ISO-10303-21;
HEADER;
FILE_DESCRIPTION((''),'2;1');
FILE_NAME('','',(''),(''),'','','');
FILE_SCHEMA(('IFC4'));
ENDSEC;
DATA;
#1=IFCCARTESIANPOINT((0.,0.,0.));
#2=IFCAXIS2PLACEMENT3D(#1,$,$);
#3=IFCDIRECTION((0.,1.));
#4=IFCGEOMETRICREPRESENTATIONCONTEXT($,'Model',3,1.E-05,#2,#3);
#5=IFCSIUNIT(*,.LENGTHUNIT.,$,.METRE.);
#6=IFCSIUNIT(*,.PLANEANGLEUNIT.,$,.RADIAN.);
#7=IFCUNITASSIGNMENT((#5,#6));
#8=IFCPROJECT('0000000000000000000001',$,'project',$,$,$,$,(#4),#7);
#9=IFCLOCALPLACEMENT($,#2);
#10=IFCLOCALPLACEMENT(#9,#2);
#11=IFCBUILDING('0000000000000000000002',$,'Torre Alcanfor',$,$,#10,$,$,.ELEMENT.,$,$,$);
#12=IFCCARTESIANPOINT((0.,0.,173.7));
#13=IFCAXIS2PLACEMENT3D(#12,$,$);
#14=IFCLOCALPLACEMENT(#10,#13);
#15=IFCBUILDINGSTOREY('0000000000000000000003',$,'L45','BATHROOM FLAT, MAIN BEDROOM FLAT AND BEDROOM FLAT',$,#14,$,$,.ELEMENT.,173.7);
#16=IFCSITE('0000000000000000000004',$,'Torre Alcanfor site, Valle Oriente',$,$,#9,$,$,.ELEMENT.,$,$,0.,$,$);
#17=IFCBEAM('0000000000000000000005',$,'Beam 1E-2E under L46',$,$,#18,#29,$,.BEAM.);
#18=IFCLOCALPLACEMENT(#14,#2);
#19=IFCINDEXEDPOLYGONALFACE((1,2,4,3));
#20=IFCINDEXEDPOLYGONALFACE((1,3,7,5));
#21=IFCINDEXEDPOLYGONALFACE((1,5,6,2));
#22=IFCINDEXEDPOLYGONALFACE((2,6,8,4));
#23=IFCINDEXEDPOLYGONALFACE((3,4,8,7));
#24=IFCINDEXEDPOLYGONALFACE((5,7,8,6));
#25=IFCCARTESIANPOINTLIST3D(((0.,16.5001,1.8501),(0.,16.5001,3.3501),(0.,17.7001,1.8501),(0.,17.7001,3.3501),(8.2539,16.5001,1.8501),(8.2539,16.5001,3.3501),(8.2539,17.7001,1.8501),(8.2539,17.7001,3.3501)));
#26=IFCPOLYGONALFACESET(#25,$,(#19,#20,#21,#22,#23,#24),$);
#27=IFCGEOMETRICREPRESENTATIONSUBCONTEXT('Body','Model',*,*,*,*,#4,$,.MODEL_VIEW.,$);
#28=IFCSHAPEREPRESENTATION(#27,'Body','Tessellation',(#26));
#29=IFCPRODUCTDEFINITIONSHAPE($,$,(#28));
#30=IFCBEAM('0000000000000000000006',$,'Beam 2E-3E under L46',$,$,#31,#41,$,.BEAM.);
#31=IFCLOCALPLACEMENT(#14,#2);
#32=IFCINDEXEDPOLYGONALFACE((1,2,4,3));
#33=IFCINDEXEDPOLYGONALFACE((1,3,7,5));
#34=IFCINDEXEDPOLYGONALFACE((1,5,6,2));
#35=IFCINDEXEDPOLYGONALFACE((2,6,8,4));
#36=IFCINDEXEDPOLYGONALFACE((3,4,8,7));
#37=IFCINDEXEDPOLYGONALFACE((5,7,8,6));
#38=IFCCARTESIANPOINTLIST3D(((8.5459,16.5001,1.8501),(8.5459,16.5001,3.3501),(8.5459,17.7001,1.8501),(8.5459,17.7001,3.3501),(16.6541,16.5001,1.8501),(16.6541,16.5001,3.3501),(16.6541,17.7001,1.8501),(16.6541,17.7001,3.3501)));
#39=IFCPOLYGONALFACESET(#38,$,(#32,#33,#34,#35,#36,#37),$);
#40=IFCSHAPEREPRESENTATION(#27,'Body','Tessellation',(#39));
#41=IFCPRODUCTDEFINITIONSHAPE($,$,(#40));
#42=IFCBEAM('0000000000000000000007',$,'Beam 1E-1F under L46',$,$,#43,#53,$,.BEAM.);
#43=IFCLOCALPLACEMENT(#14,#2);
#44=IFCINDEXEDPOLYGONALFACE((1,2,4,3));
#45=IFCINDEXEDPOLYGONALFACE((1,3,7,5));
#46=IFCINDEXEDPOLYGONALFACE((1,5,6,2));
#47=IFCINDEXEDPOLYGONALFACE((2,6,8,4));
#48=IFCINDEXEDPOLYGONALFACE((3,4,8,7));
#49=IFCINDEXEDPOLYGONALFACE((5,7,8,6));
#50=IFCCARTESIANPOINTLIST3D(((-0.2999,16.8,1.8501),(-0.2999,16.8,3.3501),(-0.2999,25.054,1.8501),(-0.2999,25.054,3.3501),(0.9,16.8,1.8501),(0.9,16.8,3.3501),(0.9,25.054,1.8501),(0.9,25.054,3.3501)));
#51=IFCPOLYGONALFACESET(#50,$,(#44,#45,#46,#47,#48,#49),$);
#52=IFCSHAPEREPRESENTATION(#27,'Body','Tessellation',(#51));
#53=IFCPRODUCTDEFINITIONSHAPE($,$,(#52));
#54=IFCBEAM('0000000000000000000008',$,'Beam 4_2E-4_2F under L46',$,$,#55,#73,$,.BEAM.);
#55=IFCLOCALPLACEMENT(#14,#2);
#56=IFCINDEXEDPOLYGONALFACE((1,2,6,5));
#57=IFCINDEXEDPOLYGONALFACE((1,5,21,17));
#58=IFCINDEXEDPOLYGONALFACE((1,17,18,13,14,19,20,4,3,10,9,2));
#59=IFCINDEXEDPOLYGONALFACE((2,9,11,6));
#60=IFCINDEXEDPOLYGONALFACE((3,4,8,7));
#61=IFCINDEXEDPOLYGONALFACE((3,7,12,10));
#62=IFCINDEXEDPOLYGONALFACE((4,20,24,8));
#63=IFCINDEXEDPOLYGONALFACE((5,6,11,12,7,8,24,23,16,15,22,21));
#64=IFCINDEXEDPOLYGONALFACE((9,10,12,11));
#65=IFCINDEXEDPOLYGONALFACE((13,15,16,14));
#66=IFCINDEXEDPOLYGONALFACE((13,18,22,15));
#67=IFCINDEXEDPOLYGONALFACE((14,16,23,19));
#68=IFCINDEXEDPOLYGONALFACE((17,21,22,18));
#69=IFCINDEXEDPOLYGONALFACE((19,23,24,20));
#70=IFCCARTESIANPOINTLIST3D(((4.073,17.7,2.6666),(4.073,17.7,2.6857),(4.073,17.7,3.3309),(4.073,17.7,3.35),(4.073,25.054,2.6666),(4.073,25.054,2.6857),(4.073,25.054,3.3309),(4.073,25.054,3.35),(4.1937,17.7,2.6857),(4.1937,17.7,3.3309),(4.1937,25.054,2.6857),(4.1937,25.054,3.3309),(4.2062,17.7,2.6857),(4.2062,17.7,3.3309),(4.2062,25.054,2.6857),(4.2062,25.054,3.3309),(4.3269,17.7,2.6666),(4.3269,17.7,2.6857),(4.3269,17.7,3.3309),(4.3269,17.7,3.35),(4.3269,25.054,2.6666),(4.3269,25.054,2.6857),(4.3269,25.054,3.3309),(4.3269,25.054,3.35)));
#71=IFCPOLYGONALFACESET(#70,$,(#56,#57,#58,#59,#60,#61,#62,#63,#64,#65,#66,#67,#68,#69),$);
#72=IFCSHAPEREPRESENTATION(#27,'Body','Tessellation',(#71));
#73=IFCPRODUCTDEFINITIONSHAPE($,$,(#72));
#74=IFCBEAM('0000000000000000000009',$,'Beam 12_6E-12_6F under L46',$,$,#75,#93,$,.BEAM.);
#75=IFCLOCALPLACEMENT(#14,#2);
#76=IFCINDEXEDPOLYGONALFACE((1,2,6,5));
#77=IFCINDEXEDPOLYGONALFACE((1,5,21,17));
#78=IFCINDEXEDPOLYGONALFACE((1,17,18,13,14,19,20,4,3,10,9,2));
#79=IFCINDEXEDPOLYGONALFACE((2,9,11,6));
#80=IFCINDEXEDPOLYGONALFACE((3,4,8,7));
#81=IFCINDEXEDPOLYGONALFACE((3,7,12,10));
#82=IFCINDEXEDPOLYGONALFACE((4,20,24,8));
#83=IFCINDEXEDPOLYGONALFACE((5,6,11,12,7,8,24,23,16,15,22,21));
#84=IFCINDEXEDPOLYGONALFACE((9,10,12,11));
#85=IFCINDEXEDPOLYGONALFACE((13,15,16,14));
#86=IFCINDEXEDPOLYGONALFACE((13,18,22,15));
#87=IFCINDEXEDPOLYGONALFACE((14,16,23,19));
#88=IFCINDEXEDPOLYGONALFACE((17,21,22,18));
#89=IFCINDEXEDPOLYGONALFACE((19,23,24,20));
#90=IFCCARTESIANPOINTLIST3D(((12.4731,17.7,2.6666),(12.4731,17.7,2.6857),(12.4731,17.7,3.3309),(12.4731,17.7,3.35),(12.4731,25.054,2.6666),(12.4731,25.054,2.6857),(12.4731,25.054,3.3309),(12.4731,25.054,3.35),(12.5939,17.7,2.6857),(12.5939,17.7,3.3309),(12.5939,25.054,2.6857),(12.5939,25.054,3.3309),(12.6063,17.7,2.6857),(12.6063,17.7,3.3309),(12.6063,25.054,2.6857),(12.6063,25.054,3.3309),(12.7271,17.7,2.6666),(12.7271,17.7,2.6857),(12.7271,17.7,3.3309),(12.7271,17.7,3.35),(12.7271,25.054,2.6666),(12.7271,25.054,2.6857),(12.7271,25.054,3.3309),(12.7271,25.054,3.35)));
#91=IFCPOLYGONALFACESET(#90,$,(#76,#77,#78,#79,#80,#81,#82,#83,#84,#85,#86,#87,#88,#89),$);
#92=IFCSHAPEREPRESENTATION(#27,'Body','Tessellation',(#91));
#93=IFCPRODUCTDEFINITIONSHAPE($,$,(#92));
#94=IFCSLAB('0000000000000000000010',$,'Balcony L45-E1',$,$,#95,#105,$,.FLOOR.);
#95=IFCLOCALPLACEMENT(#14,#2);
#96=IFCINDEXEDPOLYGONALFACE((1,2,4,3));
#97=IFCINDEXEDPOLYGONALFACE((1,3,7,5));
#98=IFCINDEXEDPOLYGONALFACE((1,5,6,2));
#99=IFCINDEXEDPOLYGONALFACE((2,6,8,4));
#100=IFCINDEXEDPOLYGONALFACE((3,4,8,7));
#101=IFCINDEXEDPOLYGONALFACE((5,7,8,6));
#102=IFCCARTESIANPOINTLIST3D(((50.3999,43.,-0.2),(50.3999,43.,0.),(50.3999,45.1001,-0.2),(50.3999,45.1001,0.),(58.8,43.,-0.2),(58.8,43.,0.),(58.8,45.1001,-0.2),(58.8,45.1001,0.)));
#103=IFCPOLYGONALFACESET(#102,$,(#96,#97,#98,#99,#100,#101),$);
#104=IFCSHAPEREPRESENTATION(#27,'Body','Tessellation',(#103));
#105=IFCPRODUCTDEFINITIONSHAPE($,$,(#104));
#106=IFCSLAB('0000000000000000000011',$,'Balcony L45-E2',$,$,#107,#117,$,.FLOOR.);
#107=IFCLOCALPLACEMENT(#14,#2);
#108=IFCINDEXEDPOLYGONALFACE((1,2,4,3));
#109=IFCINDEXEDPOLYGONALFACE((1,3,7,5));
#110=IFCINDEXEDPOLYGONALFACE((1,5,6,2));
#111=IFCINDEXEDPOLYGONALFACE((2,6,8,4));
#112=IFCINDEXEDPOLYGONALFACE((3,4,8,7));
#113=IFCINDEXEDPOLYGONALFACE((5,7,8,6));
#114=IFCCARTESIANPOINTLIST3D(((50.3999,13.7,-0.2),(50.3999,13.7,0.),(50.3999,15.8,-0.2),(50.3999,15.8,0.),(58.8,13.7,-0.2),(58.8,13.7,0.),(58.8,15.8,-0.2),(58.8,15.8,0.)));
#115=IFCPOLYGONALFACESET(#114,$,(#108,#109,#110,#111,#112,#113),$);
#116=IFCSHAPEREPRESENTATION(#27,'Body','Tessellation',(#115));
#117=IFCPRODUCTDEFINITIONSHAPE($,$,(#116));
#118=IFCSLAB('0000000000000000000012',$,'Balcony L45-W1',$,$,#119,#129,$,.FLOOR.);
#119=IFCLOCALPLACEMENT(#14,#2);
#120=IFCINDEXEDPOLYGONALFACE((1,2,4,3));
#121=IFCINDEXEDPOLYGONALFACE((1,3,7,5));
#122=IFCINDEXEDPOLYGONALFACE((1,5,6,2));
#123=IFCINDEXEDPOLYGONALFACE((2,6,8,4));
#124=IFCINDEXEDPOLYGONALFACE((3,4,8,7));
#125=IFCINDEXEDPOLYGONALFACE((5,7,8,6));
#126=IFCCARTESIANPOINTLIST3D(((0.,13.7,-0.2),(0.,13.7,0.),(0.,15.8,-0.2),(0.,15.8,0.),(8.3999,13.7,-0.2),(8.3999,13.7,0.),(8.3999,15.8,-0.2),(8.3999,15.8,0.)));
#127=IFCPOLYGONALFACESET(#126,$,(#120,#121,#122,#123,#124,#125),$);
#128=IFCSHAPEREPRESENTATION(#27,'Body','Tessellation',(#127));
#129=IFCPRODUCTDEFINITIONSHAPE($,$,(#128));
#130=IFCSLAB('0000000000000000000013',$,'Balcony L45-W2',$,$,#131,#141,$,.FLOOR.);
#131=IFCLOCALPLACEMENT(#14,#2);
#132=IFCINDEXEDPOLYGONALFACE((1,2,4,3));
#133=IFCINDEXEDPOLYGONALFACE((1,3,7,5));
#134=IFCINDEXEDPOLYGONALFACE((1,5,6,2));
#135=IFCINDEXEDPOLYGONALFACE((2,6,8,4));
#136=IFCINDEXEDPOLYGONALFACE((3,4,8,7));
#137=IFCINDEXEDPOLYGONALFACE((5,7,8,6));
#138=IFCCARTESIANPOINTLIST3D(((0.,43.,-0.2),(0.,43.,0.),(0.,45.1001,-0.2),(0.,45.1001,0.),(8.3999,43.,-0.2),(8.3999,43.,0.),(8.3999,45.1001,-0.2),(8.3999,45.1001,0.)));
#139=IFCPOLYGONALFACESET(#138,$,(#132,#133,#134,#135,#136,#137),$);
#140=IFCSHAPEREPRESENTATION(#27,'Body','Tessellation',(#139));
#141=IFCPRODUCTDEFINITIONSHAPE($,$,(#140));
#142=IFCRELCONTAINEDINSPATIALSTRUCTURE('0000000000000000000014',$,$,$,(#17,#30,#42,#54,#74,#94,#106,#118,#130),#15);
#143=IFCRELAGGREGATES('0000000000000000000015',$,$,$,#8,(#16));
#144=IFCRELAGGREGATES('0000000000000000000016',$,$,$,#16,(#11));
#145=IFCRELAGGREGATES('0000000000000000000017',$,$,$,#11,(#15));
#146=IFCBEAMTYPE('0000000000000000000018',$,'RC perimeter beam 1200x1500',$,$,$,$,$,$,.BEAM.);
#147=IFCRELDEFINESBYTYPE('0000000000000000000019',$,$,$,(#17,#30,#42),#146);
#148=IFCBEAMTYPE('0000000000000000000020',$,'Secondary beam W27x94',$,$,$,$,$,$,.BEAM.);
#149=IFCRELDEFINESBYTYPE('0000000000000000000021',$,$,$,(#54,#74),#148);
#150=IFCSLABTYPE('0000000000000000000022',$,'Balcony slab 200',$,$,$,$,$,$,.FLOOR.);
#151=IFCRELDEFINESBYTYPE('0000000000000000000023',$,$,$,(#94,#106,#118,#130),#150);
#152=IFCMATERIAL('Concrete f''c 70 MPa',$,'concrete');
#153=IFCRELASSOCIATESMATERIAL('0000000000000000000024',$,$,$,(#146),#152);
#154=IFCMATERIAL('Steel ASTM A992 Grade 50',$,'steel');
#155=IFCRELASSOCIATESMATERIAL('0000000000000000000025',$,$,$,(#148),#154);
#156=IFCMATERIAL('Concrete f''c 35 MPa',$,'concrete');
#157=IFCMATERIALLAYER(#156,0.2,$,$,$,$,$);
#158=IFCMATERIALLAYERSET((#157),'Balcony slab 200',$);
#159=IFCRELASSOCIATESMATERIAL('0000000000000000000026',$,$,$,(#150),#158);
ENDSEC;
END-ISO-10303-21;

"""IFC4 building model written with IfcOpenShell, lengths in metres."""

from ifc_helpers import new_model, si_unit, direction, frame, origin, origin_2d, place, context, subcontext, project, spatial, polyline, rectangle, i_section, outline, extrude, material, layer, layer_set, material_profile, profile_set, type_object, element, save


model = new_model("IFC4")

# Units and contexts
model_context = context("Model", 3, precision=1e-05, world=origin(), true_north=direction((0.0, 1.0)))
body_context = subcontext(model_context, "Body", "Model", "MODEL_VIEW")
ifc_project = project(units=[si_unit("LENGTHUNIT", "METRE"), si_unit("PLANEANGLEUNIT", "RADIAN")], contexts=[model_context])

# Site, building, storey
site_placement = place(None, origin())
site = spatial("IfcSite", under=ifc_project, at=site_placement, Name="Torre Alcanfor site, Valle Oriente", CompositionType="ELEMENT", RefElevation=0.0)
building_placement = place(site_placement, origin())
building = spatial("IfcBuilding", under=site, at=building_placement, Name="Torre Alcanfor", CompositionType="ELEMENT")
storey_placement = place(building_placement, frame((0.0, 0.0, 173.7)))
storey = spatial("IfcBuildingStorey", under=building, at=storey_placement, Name="L45", Description="BATHROOM FLAT, MAIN BEDROOM FLAT AND BEDROOM FLAT", CompositionType="ELEMENT", Elevation=173.7)

# Beams
ifc_material_1 = material(Name="Concrete f'c 70 MPa", Category="concrete")
ifc_material_profile_1 = material_profile(ifc_material_1, rectangle(XDim=1.2, YDim=1.5, at=origin_2d()), Name="1200x1500")
ifc_profile_set_1 = profile_set([ifc_material_profile_1], Name="Concrete f'c 70 MPa")
beam_type_1 = type_object("IfcBeamType", Name="RC perimeter beam 1200x1500", PredefinedType="BEAM", material=ifc_profile_set_1)
beam_1_placement = place(storey_placement, frame((0.0, 17.1001, 2.6001), z_axis=(1.0, 0.0, 0.0), x_axis=(0.0, 1.0, 0.0)))
element("IfcBeam", 1, at=beam_1_placement, inside=storey, type_object=beam_type_1, Name="Beam 1E-2E under L46", PredefinedType="BEAM", context=body_context, shape_type="SweptSolid", body=[
    extrude(rectangle(XDim=1.2, YDim=1.5, at=origin_2d()), origin(), (0.0, 0.0, 1.0), 8.2539),
])
beam_2_placement = place(storey_placement, frame((8.5459, 17.1001, 2.6001), z_axis=(1.0, 0.0, 0.0), x_axis=(0.0, 1.0, 0.0)))
element("IfcBeam", 2, at=beam_2_placement, inside=storey, type_object=beam_type_1, Name="Beam 2E-3E under L46", PredefinedType="BEAM", context=body_context, shape_type="SweptSolid", body=[
    extrude(rectangle(XDim=1.2, YDim=1.5, at=origin_2d()), origin(), (0.0, 0.0, 1.0), 8.1082),
])
beam_3_placement = place(storey_placement, frame((0.3, 16.8, 2.6001), z_axis=(0.0, 1.0, 0.0), x_axis=(-1.0, 0.0, 0.0)))
element("IfcBeam", 3, at=beam_3_placement, inside=storey, type_object=beam_type_1, Name="Beam 1E-1F under L46", PredefinedType="BEAM", context=body_context, shape_type="SweptSolid", body=[
    extrude(rectangle(XDim=1.2, YDim=1.5, at=origin_2d()), origin(), (0.0, 0.0, 1.0), 8.2539),
])
ifc_material_2 = material(Name="Steel ASTM A992 Grade 50", Category="steel")
ifc_material_profile_2 = material_profile(ifc_material_2, i_section(OverallWidth=0.2539, OverallDepth=0.6833, WebThickness=0.0125, FlangeThickness=0.019, at=origin_2d()), Name="W27x94")
ifc_profile_set_2 = profile_set([ifc_material_profile_2], Name="Steel ASTM A992 Grade 50")
beam_type_2 = type_object("IfcBeamType", Name="Secondary beam W27x94", PredefinedType="BEAM", material=ifc_profile_set_2)
for number, where, z_axis, x_axis, name in (
    (4, (4.2, 17.7, 3.0083), (0.0, 1.0, 0.0), (-1.0, 0.0, 0.0), "Beam 4_2E-4_2F under L46"),
    (5, (12.6001, 17.7, 3.0083), (0.0, 1.0, 0.0), (-1.0, 0.0, 0.0), "Beam 12_6E-12_6F under L46"),
):
    element("IfcBeam", number, at=place(storey_placement, frame(where, z_axis=z_axis, x_axis=x_axis)), inside=storey, type_object=beam_type_2, Name=name, PredefinedType="BEAM", context=body_context, shape_type="SweptSolid", body=[
        extrude(i_section(OverallWidth=0.2539, OverallDepth=0.6833, WebThickness=0.0125, FlangeThickness=0.019, at=origin_2d()), origin(), (0.0, 0.0, 1.0), 7.354),
    ])

# Slabs
ifc_material_3 = material(Name="Concrete f'c 35 MPa", Category="concrete")
ifc_layer_1 = layer(ifc_material_3, 0.2)
ifc_layer_set_1 = layer_set([ifc_layer_1], Name="Balcony slab 200")
slab_type_1 = type_object("IfcSlabType", Name="Balcony slab 200", PredefinedType="FLOOR", material=ifc_layer_set_1)
slab_1_placement = place(storey_placement, frame((0.0, 0.0, -0.2)))
element("IfcSlab", 6, at=slab_1_placement, inside=storey, type_object=slab_type_1, Name="Balcony L45-E1", PredefinedType="FLOOR", context=body_context, shape_type="SweptSolid", body=[
    extrude(outline(polyline([(50.3999, 43.0), (58.8, 43.0), (58.8, 45.1001), (50.3999, 45.1001), (50.3999, 43.0)])), origin(), (0.0, 0.0, 1.0), 0.2),
])
slab_2_placement = place(storey_placement, frame((0.0, 0.0, -0.2)))
element("IfcSlab", 7, at=slab_2_placement, inside=storey, type_object=slab_type_1, Name="Balcony L45-E2", PredefinedType="FLOOR", context=body_context, shape_type="SweptSolid", body=[
    extrude(outline(polyline([(50.3999, 13.7), (58.8, 13.7), (58.8, 15.8), (50.3999, 15.8), (50.3999, 13.7)])), origin(), (0.0, 0.0, 1.0), 0.2),
])
slab_3_placement = place(storey_placement, frame((0.0, 0.0, -0.2)))
element("IfcSlab", 8, at=slab_3_placement, inside=storey, type_object=slab_type_1, Name="Balcony L45-W1", PredefinedType="FLOOR", context=body_context, shape_type="SweptSolid", body=[
    extrude(outline(polyline([(8.3999, 15.8), (0.0, 15.8), (0.0, 13.7), (8.3999, 13.7), (8.3999, 15.8)])), origin(), (0.0, 0.0, 1.0), 0.2),
])
slab_4_placement = place(storey_placement, frame((0.0, 0.0, -0.2)))
element("IfcSlab", 9, at=slab_4_placement, inside=storey, type_object=slab_type_1, Name="Balcony L45-W2", PredefinedType="FLOOR", context=body_context, shape_type="SweptSolid", body=[
    extrude(outline(polyline([(8.3999, 45.1001), (0.0, 45.1001), (0.0, 43.0), (8.3999, 43.0), (8.3999, 45.1001)])), origin(), (0.0, 0.0, 1.0), 0.2),
])

save(model, "model.ifc")
